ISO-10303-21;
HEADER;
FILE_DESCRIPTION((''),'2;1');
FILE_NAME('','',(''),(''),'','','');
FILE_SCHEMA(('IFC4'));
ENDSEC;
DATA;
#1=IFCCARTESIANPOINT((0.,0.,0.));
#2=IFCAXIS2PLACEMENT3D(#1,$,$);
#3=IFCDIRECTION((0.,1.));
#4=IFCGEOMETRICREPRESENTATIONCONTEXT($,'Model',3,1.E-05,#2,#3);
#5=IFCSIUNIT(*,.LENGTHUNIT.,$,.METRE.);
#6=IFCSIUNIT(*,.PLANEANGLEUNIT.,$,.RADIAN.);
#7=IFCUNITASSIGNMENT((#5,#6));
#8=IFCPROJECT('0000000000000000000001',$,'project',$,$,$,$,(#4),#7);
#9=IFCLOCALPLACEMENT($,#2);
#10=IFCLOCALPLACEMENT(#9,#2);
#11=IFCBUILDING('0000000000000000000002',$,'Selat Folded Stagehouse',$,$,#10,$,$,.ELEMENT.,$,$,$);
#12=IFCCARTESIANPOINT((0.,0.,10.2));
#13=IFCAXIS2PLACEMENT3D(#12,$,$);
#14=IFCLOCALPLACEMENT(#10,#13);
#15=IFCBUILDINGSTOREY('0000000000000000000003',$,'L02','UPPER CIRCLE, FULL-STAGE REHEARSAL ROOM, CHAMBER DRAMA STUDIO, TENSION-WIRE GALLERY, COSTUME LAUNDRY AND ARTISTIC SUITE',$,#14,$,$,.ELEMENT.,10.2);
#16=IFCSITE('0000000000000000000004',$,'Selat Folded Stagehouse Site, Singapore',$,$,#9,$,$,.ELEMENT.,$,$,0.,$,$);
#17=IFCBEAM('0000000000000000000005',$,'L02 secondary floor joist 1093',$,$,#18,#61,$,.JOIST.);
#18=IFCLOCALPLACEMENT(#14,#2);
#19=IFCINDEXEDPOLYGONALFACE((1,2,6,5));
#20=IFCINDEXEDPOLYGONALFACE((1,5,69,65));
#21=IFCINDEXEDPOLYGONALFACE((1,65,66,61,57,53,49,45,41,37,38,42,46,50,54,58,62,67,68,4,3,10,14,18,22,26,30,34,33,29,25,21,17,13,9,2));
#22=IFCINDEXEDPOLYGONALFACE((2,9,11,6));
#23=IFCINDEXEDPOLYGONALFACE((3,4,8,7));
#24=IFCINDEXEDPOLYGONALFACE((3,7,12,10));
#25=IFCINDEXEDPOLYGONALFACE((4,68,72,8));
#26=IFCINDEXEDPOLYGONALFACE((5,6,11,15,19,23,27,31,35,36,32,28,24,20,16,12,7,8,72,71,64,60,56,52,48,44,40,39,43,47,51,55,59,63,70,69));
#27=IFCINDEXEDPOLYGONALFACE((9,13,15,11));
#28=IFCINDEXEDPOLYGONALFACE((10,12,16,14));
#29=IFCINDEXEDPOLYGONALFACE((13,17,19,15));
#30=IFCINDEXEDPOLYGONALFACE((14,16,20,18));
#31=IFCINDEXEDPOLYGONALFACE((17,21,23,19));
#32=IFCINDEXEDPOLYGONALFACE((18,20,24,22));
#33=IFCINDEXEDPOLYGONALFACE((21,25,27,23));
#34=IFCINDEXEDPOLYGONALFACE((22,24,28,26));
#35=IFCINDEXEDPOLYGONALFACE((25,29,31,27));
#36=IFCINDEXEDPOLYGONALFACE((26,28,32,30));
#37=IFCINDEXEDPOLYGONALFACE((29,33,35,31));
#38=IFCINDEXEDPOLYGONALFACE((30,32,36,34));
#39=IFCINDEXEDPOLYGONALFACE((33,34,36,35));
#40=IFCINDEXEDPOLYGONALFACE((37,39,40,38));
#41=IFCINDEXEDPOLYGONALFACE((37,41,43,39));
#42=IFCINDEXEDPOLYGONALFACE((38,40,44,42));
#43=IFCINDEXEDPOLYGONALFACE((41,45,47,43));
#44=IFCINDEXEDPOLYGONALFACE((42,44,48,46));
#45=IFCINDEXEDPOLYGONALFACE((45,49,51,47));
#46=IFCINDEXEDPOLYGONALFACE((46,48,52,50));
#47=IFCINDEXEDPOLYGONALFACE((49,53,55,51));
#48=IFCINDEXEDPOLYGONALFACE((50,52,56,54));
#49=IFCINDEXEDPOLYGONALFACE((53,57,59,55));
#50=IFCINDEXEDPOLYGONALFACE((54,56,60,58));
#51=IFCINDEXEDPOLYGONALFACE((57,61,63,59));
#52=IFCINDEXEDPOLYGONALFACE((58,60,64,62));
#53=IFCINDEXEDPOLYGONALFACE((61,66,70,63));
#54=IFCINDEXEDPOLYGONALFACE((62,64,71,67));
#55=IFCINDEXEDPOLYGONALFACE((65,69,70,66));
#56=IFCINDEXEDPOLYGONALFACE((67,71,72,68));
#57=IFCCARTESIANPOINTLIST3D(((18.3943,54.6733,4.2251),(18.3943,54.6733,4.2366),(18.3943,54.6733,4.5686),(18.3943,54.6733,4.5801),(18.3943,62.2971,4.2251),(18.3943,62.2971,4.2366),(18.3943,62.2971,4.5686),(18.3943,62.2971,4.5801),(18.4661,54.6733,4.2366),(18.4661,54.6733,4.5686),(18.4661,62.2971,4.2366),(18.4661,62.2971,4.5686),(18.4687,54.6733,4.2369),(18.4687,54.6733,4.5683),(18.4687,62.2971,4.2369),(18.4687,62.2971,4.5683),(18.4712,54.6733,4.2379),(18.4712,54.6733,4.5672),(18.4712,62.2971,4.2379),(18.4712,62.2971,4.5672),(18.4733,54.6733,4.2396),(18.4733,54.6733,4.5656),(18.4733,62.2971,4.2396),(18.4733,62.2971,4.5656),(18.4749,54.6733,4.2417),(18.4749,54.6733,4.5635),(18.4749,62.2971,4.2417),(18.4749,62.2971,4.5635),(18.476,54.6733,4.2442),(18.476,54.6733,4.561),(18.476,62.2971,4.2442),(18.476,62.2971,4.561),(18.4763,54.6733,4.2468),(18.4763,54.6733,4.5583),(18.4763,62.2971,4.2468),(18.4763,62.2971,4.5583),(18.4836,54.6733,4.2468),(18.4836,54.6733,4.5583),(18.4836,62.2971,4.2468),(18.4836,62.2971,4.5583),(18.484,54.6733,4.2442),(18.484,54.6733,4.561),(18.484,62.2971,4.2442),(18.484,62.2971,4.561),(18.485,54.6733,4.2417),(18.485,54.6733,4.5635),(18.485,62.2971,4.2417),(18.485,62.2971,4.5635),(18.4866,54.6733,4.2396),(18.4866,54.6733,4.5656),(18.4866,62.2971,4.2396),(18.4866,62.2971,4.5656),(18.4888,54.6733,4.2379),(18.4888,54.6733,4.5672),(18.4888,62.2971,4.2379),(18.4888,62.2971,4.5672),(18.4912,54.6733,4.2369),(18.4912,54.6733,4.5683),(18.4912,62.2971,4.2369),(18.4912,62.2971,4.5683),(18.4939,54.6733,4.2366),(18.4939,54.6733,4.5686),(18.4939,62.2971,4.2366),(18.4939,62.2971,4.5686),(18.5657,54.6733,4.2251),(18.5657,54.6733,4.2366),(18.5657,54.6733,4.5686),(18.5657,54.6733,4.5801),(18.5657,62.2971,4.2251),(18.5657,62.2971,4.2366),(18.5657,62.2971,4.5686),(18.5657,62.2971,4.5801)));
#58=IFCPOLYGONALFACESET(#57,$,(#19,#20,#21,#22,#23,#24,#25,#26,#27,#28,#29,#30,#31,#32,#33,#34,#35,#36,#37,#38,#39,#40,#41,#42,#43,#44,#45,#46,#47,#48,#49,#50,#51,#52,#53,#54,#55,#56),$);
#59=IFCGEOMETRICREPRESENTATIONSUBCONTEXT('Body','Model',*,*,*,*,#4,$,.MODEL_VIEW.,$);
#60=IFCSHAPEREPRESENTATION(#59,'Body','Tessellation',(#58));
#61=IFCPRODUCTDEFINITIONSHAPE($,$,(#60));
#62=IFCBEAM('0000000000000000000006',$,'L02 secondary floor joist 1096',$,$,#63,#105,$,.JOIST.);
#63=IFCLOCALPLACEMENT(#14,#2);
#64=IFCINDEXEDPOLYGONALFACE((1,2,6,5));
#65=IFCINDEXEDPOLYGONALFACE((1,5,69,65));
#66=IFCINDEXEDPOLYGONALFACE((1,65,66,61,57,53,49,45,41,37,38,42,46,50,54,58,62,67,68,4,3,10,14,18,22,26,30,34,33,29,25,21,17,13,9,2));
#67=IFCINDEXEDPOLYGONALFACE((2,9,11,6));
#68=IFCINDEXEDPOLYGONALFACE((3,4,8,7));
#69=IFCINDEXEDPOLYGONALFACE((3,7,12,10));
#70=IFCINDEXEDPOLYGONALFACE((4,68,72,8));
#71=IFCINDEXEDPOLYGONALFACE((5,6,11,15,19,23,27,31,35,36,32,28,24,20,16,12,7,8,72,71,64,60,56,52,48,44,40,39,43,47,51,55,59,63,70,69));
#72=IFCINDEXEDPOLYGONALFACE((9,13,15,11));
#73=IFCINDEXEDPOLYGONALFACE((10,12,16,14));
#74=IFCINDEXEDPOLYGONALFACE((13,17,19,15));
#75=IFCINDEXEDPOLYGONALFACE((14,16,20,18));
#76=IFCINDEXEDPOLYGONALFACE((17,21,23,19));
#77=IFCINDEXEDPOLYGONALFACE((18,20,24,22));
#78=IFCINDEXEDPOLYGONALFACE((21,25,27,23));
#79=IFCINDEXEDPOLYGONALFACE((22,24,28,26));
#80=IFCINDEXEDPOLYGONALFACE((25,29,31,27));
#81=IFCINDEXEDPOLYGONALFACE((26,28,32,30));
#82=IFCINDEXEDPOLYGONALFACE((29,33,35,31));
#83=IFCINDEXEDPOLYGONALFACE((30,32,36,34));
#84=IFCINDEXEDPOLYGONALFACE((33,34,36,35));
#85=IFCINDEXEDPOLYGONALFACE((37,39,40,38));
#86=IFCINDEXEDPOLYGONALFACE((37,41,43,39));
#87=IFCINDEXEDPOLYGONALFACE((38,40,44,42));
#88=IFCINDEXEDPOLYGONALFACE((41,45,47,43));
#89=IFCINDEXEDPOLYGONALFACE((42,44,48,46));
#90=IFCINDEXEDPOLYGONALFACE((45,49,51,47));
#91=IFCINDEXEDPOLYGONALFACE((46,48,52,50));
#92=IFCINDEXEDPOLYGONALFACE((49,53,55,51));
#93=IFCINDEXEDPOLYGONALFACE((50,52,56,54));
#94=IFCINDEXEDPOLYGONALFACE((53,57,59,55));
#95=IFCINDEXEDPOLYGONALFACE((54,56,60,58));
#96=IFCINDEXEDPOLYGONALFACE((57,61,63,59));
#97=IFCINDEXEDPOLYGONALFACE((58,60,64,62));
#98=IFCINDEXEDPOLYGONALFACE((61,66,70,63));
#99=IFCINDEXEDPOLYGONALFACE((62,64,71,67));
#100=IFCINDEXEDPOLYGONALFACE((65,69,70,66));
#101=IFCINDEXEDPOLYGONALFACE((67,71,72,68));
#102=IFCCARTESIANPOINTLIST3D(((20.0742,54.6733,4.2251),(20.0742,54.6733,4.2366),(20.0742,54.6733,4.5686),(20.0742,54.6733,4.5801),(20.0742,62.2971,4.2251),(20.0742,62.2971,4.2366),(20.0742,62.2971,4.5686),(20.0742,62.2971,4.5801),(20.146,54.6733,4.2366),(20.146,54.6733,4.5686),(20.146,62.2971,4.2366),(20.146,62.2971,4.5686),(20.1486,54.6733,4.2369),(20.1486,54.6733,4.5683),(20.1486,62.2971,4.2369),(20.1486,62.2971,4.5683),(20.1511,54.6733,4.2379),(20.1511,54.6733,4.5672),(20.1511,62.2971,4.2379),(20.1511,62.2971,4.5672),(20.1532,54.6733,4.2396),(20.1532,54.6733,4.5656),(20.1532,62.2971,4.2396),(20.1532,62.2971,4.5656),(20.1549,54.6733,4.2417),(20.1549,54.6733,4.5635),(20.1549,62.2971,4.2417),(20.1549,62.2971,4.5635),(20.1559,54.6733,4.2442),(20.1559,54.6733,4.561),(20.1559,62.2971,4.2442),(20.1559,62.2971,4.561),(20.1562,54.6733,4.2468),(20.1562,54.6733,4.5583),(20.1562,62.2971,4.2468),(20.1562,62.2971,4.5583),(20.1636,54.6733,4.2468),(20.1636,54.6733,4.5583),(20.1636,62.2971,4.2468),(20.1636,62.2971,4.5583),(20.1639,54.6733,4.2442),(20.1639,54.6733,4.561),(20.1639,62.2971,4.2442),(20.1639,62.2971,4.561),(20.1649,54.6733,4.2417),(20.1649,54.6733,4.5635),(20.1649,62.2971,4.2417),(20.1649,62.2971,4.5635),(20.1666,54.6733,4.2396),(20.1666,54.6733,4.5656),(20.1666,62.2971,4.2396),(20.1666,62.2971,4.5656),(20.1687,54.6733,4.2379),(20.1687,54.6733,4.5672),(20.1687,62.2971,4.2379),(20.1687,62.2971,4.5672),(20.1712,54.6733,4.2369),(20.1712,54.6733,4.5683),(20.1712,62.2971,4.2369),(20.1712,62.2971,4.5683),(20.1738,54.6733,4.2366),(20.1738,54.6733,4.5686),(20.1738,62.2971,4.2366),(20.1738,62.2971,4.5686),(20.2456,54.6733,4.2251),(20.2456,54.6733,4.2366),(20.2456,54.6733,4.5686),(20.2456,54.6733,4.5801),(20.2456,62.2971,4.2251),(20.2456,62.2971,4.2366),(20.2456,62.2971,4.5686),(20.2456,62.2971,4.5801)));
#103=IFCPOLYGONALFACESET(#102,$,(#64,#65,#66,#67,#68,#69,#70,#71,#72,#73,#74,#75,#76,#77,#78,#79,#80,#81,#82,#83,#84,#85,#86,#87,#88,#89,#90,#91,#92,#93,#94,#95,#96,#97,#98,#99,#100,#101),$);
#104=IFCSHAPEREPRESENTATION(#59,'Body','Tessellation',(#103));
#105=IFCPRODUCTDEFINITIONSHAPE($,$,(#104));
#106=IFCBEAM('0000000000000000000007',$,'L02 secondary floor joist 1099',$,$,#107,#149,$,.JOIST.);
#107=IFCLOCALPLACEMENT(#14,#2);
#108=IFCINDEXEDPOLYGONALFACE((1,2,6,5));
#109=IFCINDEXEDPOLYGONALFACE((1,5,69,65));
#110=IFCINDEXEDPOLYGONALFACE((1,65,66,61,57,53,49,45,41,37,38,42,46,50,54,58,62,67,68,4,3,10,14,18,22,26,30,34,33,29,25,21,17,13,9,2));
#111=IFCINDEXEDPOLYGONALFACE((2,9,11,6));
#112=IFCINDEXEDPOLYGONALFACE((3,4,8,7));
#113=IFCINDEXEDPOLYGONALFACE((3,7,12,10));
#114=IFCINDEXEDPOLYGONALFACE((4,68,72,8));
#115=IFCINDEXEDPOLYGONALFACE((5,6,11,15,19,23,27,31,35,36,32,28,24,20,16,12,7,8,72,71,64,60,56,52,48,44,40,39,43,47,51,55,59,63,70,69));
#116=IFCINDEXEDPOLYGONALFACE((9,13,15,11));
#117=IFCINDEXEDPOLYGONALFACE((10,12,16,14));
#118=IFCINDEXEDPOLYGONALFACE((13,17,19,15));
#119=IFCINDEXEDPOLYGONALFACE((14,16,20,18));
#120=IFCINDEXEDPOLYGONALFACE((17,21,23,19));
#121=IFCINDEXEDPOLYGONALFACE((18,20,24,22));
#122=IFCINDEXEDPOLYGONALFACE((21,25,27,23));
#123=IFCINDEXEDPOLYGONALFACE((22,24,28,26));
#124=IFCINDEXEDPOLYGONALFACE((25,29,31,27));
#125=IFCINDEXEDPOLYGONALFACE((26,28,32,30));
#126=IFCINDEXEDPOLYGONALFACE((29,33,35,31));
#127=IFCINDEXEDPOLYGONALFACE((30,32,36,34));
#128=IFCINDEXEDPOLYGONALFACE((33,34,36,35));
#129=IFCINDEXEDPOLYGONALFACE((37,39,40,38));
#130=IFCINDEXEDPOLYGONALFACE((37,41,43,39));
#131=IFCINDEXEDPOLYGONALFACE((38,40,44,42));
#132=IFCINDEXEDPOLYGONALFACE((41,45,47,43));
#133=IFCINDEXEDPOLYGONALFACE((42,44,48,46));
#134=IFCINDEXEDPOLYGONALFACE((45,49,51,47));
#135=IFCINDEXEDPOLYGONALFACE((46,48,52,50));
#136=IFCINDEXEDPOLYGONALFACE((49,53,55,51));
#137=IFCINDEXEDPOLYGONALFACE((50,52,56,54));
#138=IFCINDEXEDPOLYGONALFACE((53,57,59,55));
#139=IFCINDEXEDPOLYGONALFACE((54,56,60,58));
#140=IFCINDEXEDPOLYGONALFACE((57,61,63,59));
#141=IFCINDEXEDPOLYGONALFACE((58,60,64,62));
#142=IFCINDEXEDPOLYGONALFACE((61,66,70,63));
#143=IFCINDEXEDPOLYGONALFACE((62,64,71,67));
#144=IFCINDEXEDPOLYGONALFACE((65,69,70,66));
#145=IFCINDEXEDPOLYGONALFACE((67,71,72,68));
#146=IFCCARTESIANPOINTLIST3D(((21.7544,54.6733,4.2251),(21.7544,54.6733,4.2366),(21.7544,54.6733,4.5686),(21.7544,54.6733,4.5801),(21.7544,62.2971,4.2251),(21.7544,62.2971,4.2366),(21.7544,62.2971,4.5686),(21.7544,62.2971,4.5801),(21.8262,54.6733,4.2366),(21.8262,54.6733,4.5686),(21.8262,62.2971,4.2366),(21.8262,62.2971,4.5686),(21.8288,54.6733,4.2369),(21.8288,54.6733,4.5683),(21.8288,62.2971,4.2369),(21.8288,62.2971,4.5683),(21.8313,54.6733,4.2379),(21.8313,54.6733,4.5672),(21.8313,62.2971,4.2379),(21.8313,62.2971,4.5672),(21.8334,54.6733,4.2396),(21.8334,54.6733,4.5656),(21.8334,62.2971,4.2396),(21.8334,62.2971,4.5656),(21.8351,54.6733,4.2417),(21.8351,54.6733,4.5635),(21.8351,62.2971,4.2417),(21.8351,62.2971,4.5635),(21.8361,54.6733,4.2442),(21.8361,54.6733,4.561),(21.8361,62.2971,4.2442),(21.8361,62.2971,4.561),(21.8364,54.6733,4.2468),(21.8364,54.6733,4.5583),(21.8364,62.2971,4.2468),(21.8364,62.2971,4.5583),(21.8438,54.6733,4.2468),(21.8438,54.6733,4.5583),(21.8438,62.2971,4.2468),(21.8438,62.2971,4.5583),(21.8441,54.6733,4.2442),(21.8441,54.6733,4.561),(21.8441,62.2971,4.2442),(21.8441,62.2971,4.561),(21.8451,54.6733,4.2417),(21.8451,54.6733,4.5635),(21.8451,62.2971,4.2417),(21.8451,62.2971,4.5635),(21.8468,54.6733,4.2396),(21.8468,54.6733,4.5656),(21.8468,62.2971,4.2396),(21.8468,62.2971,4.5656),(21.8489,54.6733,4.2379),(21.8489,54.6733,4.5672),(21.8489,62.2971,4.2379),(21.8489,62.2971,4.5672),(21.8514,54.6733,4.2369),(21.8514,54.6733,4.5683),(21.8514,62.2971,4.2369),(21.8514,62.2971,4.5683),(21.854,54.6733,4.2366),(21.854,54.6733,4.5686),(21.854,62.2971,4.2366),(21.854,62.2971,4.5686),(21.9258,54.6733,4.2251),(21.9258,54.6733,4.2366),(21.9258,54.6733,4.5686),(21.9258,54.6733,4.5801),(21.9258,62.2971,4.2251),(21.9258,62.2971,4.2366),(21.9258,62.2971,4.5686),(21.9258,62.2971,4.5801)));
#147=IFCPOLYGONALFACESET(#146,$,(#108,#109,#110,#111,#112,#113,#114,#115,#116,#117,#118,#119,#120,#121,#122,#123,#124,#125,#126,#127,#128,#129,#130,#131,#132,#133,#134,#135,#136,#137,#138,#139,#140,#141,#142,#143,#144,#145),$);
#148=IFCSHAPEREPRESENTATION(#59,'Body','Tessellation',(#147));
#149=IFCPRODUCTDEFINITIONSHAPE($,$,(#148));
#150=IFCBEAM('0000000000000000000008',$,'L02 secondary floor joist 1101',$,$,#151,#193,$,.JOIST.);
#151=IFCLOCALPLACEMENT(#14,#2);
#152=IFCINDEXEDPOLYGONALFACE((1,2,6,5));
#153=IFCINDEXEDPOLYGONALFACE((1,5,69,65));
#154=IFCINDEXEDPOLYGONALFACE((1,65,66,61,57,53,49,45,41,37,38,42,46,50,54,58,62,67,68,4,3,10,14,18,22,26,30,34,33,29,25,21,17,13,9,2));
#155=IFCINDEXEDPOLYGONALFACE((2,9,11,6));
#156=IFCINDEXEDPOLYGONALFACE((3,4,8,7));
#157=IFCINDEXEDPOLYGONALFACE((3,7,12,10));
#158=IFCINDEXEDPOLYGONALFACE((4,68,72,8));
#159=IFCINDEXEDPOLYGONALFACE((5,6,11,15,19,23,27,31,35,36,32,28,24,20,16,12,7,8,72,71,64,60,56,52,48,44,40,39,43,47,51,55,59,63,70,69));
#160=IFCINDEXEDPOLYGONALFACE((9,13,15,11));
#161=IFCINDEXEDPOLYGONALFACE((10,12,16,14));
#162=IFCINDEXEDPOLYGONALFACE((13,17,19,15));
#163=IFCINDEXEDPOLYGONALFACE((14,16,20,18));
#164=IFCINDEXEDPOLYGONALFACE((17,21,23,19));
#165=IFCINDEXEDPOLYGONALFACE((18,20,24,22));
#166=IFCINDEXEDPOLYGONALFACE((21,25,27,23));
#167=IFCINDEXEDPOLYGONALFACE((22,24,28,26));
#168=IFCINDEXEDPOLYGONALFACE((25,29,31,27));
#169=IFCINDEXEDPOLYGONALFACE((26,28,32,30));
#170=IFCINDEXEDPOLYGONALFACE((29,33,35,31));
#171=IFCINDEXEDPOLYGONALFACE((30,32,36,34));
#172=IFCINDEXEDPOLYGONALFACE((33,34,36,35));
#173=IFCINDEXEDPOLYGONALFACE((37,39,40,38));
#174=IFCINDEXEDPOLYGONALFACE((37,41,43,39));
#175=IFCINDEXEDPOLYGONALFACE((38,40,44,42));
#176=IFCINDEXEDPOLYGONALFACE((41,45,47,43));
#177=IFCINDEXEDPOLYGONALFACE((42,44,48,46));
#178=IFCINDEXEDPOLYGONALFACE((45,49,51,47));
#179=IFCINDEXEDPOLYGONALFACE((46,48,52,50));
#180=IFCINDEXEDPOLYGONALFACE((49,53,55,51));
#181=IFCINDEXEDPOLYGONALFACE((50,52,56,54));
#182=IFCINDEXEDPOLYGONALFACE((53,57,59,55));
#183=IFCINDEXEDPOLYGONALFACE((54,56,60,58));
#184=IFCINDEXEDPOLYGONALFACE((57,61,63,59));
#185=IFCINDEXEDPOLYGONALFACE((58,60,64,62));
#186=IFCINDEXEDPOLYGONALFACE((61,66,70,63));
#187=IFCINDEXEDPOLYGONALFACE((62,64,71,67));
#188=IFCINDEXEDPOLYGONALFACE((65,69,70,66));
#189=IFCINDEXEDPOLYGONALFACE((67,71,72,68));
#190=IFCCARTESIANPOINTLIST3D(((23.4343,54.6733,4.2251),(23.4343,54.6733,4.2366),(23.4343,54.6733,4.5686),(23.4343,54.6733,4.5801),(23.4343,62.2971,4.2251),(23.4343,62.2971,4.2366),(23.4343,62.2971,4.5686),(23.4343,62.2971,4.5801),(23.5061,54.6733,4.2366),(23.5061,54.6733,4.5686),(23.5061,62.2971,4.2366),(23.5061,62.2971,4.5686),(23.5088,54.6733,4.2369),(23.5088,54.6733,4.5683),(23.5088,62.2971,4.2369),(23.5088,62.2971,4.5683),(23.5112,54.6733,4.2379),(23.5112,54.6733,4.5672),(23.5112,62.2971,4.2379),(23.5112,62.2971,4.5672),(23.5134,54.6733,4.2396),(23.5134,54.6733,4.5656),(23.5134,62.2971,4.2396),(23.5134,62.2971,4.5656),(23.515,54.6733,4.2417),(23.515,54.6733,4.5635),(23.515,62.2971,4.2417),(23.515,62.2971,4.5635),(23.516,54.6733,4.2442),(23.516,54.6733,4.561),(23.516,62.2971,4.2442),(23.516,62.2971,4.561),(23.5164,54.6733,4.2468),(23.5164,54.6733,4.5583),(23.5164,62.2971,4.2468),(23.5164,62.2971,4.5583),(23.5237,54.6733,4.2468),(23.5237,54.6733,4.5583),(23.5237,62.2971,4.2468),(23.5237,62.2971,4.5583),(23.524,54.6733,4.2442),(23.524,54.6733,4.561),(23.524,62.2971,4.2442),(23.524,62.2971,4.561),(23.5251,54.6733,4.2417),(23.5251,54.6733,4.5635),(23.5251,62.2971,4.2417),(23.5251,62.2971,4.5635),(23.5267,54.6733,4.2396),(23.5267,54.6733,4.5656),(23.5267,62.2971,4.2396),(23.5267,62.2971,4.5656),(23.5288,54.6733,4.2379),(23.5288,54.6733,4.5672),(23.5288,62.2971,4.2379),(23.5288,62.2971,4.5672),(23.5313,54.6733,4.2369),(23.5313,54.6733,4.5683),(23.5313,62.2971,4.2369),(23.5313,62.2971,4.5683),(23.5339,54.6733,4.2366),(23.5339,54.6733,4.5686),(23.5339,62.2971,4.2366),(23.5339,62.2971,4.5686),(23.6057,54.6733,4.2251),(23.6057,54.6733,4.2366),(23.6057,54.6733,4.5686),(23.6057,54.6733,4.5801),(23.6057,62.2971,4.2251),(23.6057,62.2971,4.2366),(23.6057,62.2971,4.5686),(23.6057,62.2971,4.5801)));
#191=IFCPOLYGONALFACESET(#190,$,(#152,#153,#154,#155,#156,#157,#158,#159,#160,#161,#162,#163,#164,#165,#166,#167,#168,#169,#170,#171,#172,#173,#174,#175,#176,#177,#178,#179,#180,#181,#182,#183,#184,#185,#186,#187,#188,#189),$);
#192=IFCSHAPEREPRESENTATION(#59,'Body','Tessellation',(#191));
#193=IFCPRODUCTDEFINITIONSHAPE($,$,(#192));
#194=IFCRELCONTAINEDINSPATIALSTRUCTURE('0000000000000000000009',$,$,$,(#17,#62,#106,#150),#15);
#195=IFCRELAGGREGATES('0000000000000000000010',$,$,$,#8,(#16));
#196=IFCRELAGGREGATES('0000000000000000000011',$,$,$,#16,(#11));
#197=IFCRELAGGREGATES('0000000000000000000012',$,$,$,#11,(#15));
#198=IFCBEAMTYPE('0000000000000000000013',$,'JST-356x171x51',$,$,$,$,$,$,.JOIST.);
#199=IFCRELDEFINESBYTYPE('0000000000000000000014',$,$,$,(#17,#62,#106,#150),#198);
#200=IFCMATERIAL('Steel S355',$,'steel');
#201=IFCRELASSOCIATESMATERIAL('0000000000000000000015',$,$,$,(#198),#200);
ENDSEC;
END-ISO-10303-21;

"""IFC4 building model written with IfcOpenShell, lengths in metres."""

from ifc_helpers import new_model, si_unit, direction, frame, origin, origin_2d, place, context, subcontext, project, spatial, i_section, extrude, material, material_profile, profile_set, type_object, element, save


model = new_model("IFC4")

# Units and contexts
model_context = context("Model", 3, precision=1e-05, world=origin(), true_north=direction((0.0, 1.0)))
body_context = subcontext(model_context, "Body", "Model", "MODEL_VIEW")
ifc_project = project(units=[si_unit("LENGTHUNIT", "METRE"), si_unit("PLANEANGLEUNIT", "RADIAN")], contexts=[model_context])

# Site, building, storey
site_placement = place(None, origin())
site = spatial("IfcSite", under=ifc_project, at=site_placement, Name="Selat Folded Stagehouse Site, Singapore", CompositionType="ELEMENT", RefElevation=0.0)
building_placement = place(site_placement, origin())
building = spatial("IfcBuilding", under=site, at=building_placement, Name="Selat Folded Stagehouse", CompositionType="ELEMENT")
storey_placement = place(building_placement, frame((0.0, 0.0, 10.2)))
storey = spatial("IfcBuildingStorey", under=building, at=storey_placement, Name="L02", Description="UPPER CIRCLE, FULL-STAGE REHEARSAL ROOM, CHAMBER DRAMA STUDIO, TENSION-WIRE GALLERY, COSTUME LAUNDRY AND ARTISTIC SUITE", CompositionType="ELEMENT", Elevation=10.2)

# Shared definitions
ifc_material_1 = material(Name="Steel S355", Category="steel")

# Beams
ifc_material_profile_1 = material_profile(ifc_material_1, i_section(OverallWidth=0.1714, OverallDepth=0.355, WebThickness=0.0073, FlangeThickness=0.0115, FilletRadius=0.0103, at=origin_2d()), Name="UKB 356x171x51")
ifc_profile_set_1 = profile_set([ifc_material_profile_1], Name="Steel S355")
beam_type_1 = type_object("IfcBeamType", Name="JST-356x171x51", PredefinedType="JOIST", material=ifc_profile_set_1)
for number, where, z_axis, x_axis, name in (
    (1, (18.48, 54.6733, 4.4026), (0.0, 1.0, 0.0), (-1.0, 0.0, 0.0), "L02 secondary floor joist 1093"),
    (2, (20.1599, 54.6733, 4.4026), (0.0, 1.0, 0.0), (-1.0, 0.0, 0.0), "L02 secondary floor joist 1096"),
    (3, (21.8401, 54.6733, 4.4026), (0.0, 1.0, 0.0), (-1.0, 0.0, 0.0), "L02 secondary floor joist 1099"),
    (4, (23.52, 54.6733, 4.4026), (0.0, 1.0, 0.0), (-1.0, 0.0, 0.0), "L02 secondary floor joist 1101"),
):
    element("IfcBeam", number, at=place(storey_placement, frame(where, z_axis=z_axis, x_axis=x_axis)), inside=storey, type_object=beam_type_1, Name=name, PredefinedType="JOIST", context=body_context, shape_type="SweptSolid", body=[
        extrude(i_section(OverallWidth=0.1714, OverallDepth=0.355, WebThickness=0.0073, FlangeThickness=0.0115, FilletRadius=0.0103, at=origin_2d()), origin(), (0.0, 0.0, 1.0), 7.6238),
    ])

save(model, "model.ifc")
